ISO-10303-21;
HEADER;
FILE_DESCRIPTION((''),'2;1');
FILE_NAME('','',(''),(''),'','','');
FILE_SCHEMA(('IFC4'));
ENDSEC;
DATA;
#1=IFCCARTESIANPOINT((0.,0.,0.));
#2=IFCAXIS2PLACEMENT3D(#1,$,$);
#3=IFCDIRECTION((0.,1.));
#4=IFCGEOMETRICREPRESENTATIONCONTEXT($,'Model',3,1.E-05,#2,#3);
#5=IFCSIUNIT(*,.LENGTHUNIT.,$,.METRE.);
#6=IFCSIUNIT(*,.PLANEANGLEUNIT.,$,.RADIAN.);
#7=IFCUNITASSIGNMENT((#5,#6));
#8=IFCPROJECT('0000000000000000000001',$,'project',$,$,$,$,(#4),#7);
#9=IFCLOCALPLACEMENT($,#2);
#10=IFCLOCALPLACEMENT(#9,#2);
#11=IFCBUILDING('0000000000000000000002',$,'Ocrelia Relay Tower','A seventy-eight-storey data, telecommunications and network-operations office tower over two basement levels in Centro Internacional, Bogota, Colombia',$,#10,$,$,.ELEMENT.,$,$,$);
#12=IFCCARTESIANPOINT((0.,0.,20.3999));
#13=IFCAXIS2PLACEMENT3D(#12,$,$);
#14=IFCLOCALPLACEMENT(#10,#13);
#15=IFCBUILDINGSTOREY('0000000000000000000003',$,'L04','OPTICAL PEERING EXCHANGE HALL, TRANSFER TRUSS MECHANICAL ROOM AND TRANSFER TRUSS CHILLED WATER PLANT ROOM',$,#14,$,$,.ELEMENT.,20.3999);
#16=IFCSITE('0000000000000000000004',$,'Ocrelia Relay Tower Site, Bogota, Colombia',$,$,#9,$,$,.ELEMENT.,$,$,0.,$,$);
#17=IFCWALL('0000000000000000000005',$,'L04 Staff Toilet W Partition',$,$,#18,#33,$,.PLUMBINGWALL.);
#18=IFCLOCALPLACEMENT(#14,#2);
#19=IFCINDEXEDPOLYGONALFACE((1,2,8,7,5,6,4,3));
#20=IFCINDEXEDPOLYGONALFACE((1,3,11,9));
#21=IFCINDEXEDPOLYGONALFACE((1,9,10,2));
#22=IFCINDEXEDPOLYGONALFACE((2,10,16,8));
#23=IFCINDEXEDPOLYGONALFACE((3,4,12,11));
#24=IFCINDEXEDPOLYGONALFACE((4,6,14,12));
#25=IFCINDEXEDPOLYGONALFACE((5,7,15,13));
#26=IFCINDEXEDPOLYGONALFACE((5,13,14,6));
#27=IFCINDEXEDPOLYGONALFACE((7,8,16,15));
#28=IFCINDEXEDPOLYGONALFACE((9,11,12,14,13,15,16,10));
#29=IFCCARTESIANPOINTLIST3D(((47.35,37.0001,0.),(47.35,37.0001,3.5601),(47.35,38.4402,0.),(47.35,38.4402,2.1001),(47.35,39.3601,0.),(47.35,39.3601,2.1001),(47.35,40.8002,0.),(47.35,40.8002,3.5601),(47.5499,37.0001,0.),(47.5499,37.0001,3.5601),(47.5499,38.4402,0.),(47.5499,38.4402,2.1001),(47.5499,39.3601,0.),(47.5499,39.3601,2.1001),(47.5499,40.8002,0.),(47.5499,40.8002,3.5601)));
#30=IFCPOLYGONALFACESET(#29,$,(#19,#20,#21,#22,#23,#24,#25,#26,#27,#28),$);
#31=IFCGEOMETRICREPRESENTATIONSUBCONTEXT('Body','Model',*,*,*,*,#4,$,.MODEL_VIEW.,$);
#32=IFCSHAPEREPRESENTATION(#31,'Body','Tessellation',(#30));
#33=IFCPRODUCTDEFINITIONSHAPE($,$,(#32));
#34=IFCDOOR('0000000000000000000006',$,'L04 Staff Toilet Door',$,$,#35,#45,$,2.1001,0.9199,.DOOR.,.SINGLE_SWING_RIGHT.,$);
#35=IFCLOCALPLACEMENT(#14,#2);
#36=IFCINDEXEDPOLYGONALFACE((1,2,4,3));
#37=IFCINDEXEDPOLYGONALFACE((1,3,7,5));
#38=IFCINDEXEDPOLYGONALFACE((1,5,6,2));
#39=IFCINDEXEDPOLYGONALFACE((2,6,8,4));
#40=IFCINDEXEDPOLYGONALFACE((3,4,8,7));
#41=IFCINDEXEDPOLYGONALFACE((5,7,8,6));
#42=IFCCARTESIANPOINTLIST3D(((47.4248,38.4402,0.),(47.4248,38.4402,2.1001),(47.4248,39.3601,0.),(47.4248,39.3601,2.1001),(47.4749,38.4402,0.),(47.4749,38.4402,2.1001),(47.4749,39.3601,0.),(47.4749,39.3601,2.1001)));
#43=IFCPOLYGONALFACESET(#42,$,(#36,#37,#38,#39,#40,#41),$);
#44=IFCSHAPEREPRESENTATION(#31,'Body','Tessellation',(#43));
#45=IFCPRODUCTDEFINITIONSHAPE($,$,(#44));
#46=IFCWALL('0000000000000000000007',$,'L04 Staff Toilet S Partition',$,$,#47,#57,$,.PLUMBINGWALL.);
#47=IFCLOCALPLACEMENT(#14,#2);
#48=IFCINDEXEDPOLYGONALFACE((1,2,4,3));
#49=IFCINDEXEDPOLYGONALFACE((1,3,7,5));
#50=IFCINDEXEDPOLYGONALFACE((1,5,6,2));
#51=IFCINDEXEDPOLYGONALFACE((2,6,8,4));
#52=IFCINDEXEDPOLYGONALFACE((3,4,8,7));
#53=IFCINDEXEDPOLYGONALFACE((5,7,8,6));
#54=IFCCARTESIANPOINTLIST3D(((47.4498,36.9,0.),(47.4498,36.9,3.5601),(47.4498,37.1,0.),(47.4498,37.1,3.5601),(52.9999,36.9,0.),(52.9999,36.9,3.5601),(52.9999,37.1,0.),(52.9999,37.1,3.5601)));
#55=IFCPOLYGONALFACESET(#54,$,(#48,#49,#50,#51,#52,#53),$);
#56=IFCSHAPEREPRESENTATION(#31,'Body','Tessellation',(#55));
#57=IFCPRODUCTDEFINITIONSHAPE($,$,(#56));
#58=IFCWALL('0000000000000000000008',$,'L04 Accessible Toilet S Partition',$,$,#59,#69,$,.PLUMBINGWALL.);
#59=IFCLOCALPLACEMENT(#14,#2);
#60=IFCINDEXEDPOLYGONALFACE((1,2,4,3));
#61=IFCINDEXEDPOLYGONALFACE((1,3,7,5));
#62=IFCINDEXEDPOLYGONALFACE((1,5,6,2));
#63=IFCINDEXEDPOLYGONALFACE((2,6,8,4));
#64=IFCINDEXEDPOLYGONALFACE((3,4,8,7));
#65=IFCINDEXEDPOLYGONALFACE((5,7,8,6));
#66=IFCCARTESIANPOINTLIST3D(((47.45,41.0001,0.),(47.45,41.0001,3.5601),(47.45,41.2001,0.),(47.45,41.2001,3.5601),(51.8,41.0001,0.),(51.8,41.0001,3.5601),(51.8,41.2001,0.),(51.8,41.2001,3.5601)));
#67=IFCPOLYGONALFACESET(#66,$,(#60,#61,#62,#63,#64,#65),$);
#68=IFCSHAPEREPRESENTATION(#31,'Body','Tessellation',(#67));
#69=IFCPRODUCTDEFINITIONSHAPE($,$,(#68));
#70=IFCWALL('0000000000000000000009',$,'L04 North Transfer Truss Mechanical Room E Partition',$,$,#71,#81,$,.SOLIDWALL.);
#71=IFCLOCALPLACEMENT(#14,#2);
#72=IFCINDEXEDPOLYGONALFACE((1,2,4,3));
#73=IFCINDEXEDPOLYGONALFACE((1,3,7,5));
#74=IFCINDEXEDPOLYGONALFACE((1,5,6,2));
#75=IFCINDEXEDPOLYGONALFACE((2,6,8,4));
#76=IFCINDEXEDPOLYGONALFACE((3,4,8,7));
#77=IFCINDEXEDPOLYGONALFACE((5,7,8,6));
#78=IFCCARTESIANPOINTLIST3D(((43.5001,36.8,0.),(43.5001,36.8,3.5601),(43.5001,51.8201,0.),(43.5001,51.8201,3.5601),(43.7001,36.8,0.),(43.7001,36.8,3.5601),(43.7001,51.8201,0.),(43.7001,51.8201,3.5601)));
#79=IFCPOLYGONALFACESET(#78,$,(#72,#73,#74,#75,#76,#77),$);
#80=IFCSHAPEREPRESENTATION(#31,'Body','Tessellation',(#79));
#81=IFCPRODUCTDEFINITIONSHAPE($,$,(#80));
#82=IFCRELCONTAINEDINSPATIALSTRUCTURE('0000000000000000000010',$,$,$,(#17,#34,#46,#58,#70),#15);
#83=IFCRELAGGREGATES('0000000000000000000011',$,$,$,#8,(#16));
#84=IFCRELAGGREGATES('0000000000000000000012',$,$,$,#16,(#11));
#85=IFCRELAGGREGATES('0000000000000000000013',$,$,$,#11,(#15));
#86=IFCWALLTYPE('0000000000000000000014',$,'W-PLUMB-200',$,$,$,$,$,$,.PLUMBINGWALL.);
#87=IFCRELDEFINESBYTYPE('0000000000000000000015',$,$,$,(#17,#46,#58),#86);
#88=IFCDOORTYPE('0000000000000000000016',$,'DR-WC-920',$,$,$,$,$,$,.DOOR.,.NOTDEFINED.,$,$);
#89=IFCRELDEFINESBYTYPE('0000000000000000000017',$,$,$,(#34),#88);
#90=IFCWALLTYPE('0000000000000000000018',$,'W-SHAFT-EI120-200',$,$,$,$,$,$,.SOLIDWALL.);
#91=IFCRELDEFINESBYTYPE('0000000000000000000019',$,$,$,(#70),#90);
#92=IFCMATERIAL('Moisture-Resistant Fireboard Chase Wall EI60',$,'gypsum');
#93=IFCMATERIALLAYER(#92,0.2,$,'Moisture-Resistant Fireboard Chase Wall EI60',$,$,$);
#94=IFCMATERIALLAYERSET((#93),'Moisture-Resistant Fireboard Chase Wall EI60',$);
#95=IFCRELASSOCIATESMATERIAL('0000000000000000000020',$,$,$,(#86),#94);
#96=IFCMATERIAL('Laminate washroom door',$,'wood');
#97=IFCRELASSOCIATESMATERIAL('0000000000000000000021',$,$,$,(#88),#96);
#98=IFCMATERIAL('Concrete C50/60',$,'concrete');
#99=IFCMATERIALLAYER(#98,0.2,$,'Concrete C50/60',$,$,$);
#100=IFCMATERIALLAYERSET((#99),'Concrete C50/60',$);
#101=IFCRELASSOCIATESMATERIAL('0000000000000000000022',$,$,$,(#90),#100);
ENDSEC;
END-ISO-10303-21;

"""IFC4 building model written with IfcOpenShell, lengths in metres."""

from ifc_helpers import new_model, si_unit, direction, frame, frame_2d, origin, place, context, subcontext, project, spatial, rectangle, extrude, material, layer, layer_set, type_object, element, fill, save


model = new_model("IFC4")

# Units and contexts
model_context = context("Model", 3, precision=1e-05, world=origin(), true_north=direction((0.0, 1.0)))
body_context = subcontext(model_context, "Body", "Model", "MODEL_VIEW")
ifc_project = project(units=[si_unit("LENGTHUNIT", "METRE"), si_unit("PLANEANGLEUNIT", "RADIAN")], contexts=[model_context])

# Site, building, storey
site_placement = place(None, origin())
site = spatial("IfcSite", under=ifc_project, at=site_placement, Name="Ocrelia Relay Tower Site, Bogota, Colombia", CompositionType="ELEMENT", RefElevation=0.0)
building_placement = place(site_placement, origin())
building = spatial("IfcBuilding", under=site, at=building_placement, Name="Ocrelia Relay Tower", Description="A seventy-eight-storey data, telecommunications and network-operations office tower over two basement levels in Centro Internacional, Bogota, Colombia", CompositionType="ELEMENT")
storey_placement = place(building_placement, frame((0.0, 0.0, 20.3999)))
storey = spatial("IfcBuildingStorey", under=building, at=storey_placement, Name="L04", Description="OPTICAL PEERING EXCHANGE HALL, TRANSFER TRUSS MECHANICAL ROOM AND TRANSFER TRUSS CHILLED WATER PLANT ROOM", CompositionType="ELEMENT", Elevation=20.3999)

# Shared definitions
ifc_material_1 = material(Name="Concrete C50/60", Category="concrete")

# Wall, opening, door
ifc_material_2 = material(Name="Moisture-Resistant Fireboard Chase Wall EI60", Category="gypsum")
ifc_layer_1 = layer(ifc_material_2, 0.2, Name="Moisture-Resistant Fireboard Chase Wall EI60")
ifc_layer_set_1 = layer_set([ifc_layer_1], Name="Moisture-Resistant Fireboard Chase Wall EI60")
wall_type_1 = type_object("IfcWallType", Name="W-PLUMB-200", PredefinedType="PLUMBINGWALL", material=ifc_layer_set_1)
wall_1_placement = place(storey_placement, frame((47.45, 40.8, 0.0), z_axis=(0.0, 0.0, 1.0), x_axis=(0.0, -1.0, 0.0)))
wall_1 = element("IfcWall", 1, at=wall_1_placement, inside=storey, type_object=wall_type_1, Name="L04 Staff Toilet W Partition", PredefinedType="PLUMBINGWALL", context=body_context, shape_type="SweptSolid", body=[
    extrude(rectangle(XDim=3.8, YDim=0.2, at=frame_2d((1.8999, 0.0))), origin(), (0.0, 0.0, 1.0), 3.5601),
])
opening_1_placement = place(wall_1_placement, frame((1.4399, 0.0, 0.0)))
opening_1 = element("IfcOpeningElement", 2, at=opening_1_placement, cuts=wall_1, PredefinedType="OPENING", context=body_context, shape_type="SweptSolid", body=[
    extrude(rectangle(XDim=0.9199, YDim=2.1001, at=frame_2d((0.46, 1.05))), frame((0.0, 0.1099, 0.0), z_axis=(0.0, -1.0, 0.0), x_axis=(1.0, 0.0, 0.0)), (0.0, 0.0, 1.0), 0.22),
])
ifc_material_3 = material(Name="Laminate washroom door", Category="wood")
door_type_1 = type_object("IfcDoorType", Name="DR-WC-920", OperationType="NOTDEFINED", PredefinedType="DOOR", material=ifc_material_3)
door_1_placement = place(opening_1_placement, origin())
door_1 = element("IfcDoor", 3, at=door_1_placement, inside=storey, type_object=door_type_1, Name="L04 Staff Toilet Door", OperationType="SINGLE_SWING_RIGHT", OverallHeight=2.1001, OverallWidth=0.9199, PredefinedType="DOOR", context=body_context, shape_type="SweptSolid", body=[
    extrude(rectangle(XDim=0.9199, YDim=2.1001, at=frame_2d((0.46, 1.05))), frame((0.0, 0.0249, 0.0), z_axis=(0.0, -1.0, 0.0), x_axis=(1.0, 0.0, 0.0)), (0.0, 0.0, 1.0), 0.05),
])
fill(opening_1, door_1)

# Walls
wall_2_placement = place(storey_placement, frame((47.45, 37.0, 0.0), z_axis=(0.0, 0.0, 1.0), x_axis=(1.0, 0.0, 0.0)))
element("IfcWall", 4, at=wall_2_placement, inside=storey, type_object=wall_type_1, Name="L04 Staff Toilet S Partition", PredefinedType="PLUMBINGWALL", context=body_context, shape_type="SweptSolid", body=[
    extrude(rectangle(XDim=5.55, YDim=0.2, at=frame_2d((2.7749, 0.0))), origin(), (0.0, 0.0, 1.0), 3.5601),
])
wall_3_placement = place(storey_placement, frame((47.45, 41.1001, 0.0), z_axis=(0.0, 0.0, 1.0), x_axis=(1.0, 0.0, 0.0)))
element("IfcWall", 5, at=wall_3_placement, inside=storey, type_object=wall_type_1, Name="L04 Accessible Toilet S Partition", PredefinedType="PLUMBINGWALL", context=body_context, shape_type="SweptSolid", body=[
    extrude(rectangle(XDim=4.3501, YDim=0.2, at=frame_2d((2.175, 0.0))), origin(), (0.0, 0.0, 1.0), 3.5601),
])
ifc_layer_2 = layer(ifc_material_1, 0.2, Name="Concrete C50/60")
ifc_layer_set_2 = layer_set([ifc_layer_2], Name="Concrete C50/60")
wall_type_2 = type_object("IfcWallType", Name="W-SHAFT-EI120-200", PredefinedType="SOLIDWALL", material=ifc_layer_set_2)
wall_4_placement = place(storey_placement, frame((43.6001, 36.8, 0.0), z_axis=(0.0, 0.0, 1.0), x_axis=(0.0, 1.0, 0.0)))
element("IfcWall", 6, at=wall_4_placement, inside=storey, type_object=wall_type_2, Name="L04 North Transfer Truss Mechanical Room E Partition", PredefinedType="SOLIDWALL", context=body_context, shape_type="SweptSolid", body=[
    extrude(rectangle(XDim=15.02, YDim=0.2, at=frame_2d((7.51, 0.0))), origin(), (0.0, 0.0, 1.0), 3.5601),
])

save(model, "model.ifc")
